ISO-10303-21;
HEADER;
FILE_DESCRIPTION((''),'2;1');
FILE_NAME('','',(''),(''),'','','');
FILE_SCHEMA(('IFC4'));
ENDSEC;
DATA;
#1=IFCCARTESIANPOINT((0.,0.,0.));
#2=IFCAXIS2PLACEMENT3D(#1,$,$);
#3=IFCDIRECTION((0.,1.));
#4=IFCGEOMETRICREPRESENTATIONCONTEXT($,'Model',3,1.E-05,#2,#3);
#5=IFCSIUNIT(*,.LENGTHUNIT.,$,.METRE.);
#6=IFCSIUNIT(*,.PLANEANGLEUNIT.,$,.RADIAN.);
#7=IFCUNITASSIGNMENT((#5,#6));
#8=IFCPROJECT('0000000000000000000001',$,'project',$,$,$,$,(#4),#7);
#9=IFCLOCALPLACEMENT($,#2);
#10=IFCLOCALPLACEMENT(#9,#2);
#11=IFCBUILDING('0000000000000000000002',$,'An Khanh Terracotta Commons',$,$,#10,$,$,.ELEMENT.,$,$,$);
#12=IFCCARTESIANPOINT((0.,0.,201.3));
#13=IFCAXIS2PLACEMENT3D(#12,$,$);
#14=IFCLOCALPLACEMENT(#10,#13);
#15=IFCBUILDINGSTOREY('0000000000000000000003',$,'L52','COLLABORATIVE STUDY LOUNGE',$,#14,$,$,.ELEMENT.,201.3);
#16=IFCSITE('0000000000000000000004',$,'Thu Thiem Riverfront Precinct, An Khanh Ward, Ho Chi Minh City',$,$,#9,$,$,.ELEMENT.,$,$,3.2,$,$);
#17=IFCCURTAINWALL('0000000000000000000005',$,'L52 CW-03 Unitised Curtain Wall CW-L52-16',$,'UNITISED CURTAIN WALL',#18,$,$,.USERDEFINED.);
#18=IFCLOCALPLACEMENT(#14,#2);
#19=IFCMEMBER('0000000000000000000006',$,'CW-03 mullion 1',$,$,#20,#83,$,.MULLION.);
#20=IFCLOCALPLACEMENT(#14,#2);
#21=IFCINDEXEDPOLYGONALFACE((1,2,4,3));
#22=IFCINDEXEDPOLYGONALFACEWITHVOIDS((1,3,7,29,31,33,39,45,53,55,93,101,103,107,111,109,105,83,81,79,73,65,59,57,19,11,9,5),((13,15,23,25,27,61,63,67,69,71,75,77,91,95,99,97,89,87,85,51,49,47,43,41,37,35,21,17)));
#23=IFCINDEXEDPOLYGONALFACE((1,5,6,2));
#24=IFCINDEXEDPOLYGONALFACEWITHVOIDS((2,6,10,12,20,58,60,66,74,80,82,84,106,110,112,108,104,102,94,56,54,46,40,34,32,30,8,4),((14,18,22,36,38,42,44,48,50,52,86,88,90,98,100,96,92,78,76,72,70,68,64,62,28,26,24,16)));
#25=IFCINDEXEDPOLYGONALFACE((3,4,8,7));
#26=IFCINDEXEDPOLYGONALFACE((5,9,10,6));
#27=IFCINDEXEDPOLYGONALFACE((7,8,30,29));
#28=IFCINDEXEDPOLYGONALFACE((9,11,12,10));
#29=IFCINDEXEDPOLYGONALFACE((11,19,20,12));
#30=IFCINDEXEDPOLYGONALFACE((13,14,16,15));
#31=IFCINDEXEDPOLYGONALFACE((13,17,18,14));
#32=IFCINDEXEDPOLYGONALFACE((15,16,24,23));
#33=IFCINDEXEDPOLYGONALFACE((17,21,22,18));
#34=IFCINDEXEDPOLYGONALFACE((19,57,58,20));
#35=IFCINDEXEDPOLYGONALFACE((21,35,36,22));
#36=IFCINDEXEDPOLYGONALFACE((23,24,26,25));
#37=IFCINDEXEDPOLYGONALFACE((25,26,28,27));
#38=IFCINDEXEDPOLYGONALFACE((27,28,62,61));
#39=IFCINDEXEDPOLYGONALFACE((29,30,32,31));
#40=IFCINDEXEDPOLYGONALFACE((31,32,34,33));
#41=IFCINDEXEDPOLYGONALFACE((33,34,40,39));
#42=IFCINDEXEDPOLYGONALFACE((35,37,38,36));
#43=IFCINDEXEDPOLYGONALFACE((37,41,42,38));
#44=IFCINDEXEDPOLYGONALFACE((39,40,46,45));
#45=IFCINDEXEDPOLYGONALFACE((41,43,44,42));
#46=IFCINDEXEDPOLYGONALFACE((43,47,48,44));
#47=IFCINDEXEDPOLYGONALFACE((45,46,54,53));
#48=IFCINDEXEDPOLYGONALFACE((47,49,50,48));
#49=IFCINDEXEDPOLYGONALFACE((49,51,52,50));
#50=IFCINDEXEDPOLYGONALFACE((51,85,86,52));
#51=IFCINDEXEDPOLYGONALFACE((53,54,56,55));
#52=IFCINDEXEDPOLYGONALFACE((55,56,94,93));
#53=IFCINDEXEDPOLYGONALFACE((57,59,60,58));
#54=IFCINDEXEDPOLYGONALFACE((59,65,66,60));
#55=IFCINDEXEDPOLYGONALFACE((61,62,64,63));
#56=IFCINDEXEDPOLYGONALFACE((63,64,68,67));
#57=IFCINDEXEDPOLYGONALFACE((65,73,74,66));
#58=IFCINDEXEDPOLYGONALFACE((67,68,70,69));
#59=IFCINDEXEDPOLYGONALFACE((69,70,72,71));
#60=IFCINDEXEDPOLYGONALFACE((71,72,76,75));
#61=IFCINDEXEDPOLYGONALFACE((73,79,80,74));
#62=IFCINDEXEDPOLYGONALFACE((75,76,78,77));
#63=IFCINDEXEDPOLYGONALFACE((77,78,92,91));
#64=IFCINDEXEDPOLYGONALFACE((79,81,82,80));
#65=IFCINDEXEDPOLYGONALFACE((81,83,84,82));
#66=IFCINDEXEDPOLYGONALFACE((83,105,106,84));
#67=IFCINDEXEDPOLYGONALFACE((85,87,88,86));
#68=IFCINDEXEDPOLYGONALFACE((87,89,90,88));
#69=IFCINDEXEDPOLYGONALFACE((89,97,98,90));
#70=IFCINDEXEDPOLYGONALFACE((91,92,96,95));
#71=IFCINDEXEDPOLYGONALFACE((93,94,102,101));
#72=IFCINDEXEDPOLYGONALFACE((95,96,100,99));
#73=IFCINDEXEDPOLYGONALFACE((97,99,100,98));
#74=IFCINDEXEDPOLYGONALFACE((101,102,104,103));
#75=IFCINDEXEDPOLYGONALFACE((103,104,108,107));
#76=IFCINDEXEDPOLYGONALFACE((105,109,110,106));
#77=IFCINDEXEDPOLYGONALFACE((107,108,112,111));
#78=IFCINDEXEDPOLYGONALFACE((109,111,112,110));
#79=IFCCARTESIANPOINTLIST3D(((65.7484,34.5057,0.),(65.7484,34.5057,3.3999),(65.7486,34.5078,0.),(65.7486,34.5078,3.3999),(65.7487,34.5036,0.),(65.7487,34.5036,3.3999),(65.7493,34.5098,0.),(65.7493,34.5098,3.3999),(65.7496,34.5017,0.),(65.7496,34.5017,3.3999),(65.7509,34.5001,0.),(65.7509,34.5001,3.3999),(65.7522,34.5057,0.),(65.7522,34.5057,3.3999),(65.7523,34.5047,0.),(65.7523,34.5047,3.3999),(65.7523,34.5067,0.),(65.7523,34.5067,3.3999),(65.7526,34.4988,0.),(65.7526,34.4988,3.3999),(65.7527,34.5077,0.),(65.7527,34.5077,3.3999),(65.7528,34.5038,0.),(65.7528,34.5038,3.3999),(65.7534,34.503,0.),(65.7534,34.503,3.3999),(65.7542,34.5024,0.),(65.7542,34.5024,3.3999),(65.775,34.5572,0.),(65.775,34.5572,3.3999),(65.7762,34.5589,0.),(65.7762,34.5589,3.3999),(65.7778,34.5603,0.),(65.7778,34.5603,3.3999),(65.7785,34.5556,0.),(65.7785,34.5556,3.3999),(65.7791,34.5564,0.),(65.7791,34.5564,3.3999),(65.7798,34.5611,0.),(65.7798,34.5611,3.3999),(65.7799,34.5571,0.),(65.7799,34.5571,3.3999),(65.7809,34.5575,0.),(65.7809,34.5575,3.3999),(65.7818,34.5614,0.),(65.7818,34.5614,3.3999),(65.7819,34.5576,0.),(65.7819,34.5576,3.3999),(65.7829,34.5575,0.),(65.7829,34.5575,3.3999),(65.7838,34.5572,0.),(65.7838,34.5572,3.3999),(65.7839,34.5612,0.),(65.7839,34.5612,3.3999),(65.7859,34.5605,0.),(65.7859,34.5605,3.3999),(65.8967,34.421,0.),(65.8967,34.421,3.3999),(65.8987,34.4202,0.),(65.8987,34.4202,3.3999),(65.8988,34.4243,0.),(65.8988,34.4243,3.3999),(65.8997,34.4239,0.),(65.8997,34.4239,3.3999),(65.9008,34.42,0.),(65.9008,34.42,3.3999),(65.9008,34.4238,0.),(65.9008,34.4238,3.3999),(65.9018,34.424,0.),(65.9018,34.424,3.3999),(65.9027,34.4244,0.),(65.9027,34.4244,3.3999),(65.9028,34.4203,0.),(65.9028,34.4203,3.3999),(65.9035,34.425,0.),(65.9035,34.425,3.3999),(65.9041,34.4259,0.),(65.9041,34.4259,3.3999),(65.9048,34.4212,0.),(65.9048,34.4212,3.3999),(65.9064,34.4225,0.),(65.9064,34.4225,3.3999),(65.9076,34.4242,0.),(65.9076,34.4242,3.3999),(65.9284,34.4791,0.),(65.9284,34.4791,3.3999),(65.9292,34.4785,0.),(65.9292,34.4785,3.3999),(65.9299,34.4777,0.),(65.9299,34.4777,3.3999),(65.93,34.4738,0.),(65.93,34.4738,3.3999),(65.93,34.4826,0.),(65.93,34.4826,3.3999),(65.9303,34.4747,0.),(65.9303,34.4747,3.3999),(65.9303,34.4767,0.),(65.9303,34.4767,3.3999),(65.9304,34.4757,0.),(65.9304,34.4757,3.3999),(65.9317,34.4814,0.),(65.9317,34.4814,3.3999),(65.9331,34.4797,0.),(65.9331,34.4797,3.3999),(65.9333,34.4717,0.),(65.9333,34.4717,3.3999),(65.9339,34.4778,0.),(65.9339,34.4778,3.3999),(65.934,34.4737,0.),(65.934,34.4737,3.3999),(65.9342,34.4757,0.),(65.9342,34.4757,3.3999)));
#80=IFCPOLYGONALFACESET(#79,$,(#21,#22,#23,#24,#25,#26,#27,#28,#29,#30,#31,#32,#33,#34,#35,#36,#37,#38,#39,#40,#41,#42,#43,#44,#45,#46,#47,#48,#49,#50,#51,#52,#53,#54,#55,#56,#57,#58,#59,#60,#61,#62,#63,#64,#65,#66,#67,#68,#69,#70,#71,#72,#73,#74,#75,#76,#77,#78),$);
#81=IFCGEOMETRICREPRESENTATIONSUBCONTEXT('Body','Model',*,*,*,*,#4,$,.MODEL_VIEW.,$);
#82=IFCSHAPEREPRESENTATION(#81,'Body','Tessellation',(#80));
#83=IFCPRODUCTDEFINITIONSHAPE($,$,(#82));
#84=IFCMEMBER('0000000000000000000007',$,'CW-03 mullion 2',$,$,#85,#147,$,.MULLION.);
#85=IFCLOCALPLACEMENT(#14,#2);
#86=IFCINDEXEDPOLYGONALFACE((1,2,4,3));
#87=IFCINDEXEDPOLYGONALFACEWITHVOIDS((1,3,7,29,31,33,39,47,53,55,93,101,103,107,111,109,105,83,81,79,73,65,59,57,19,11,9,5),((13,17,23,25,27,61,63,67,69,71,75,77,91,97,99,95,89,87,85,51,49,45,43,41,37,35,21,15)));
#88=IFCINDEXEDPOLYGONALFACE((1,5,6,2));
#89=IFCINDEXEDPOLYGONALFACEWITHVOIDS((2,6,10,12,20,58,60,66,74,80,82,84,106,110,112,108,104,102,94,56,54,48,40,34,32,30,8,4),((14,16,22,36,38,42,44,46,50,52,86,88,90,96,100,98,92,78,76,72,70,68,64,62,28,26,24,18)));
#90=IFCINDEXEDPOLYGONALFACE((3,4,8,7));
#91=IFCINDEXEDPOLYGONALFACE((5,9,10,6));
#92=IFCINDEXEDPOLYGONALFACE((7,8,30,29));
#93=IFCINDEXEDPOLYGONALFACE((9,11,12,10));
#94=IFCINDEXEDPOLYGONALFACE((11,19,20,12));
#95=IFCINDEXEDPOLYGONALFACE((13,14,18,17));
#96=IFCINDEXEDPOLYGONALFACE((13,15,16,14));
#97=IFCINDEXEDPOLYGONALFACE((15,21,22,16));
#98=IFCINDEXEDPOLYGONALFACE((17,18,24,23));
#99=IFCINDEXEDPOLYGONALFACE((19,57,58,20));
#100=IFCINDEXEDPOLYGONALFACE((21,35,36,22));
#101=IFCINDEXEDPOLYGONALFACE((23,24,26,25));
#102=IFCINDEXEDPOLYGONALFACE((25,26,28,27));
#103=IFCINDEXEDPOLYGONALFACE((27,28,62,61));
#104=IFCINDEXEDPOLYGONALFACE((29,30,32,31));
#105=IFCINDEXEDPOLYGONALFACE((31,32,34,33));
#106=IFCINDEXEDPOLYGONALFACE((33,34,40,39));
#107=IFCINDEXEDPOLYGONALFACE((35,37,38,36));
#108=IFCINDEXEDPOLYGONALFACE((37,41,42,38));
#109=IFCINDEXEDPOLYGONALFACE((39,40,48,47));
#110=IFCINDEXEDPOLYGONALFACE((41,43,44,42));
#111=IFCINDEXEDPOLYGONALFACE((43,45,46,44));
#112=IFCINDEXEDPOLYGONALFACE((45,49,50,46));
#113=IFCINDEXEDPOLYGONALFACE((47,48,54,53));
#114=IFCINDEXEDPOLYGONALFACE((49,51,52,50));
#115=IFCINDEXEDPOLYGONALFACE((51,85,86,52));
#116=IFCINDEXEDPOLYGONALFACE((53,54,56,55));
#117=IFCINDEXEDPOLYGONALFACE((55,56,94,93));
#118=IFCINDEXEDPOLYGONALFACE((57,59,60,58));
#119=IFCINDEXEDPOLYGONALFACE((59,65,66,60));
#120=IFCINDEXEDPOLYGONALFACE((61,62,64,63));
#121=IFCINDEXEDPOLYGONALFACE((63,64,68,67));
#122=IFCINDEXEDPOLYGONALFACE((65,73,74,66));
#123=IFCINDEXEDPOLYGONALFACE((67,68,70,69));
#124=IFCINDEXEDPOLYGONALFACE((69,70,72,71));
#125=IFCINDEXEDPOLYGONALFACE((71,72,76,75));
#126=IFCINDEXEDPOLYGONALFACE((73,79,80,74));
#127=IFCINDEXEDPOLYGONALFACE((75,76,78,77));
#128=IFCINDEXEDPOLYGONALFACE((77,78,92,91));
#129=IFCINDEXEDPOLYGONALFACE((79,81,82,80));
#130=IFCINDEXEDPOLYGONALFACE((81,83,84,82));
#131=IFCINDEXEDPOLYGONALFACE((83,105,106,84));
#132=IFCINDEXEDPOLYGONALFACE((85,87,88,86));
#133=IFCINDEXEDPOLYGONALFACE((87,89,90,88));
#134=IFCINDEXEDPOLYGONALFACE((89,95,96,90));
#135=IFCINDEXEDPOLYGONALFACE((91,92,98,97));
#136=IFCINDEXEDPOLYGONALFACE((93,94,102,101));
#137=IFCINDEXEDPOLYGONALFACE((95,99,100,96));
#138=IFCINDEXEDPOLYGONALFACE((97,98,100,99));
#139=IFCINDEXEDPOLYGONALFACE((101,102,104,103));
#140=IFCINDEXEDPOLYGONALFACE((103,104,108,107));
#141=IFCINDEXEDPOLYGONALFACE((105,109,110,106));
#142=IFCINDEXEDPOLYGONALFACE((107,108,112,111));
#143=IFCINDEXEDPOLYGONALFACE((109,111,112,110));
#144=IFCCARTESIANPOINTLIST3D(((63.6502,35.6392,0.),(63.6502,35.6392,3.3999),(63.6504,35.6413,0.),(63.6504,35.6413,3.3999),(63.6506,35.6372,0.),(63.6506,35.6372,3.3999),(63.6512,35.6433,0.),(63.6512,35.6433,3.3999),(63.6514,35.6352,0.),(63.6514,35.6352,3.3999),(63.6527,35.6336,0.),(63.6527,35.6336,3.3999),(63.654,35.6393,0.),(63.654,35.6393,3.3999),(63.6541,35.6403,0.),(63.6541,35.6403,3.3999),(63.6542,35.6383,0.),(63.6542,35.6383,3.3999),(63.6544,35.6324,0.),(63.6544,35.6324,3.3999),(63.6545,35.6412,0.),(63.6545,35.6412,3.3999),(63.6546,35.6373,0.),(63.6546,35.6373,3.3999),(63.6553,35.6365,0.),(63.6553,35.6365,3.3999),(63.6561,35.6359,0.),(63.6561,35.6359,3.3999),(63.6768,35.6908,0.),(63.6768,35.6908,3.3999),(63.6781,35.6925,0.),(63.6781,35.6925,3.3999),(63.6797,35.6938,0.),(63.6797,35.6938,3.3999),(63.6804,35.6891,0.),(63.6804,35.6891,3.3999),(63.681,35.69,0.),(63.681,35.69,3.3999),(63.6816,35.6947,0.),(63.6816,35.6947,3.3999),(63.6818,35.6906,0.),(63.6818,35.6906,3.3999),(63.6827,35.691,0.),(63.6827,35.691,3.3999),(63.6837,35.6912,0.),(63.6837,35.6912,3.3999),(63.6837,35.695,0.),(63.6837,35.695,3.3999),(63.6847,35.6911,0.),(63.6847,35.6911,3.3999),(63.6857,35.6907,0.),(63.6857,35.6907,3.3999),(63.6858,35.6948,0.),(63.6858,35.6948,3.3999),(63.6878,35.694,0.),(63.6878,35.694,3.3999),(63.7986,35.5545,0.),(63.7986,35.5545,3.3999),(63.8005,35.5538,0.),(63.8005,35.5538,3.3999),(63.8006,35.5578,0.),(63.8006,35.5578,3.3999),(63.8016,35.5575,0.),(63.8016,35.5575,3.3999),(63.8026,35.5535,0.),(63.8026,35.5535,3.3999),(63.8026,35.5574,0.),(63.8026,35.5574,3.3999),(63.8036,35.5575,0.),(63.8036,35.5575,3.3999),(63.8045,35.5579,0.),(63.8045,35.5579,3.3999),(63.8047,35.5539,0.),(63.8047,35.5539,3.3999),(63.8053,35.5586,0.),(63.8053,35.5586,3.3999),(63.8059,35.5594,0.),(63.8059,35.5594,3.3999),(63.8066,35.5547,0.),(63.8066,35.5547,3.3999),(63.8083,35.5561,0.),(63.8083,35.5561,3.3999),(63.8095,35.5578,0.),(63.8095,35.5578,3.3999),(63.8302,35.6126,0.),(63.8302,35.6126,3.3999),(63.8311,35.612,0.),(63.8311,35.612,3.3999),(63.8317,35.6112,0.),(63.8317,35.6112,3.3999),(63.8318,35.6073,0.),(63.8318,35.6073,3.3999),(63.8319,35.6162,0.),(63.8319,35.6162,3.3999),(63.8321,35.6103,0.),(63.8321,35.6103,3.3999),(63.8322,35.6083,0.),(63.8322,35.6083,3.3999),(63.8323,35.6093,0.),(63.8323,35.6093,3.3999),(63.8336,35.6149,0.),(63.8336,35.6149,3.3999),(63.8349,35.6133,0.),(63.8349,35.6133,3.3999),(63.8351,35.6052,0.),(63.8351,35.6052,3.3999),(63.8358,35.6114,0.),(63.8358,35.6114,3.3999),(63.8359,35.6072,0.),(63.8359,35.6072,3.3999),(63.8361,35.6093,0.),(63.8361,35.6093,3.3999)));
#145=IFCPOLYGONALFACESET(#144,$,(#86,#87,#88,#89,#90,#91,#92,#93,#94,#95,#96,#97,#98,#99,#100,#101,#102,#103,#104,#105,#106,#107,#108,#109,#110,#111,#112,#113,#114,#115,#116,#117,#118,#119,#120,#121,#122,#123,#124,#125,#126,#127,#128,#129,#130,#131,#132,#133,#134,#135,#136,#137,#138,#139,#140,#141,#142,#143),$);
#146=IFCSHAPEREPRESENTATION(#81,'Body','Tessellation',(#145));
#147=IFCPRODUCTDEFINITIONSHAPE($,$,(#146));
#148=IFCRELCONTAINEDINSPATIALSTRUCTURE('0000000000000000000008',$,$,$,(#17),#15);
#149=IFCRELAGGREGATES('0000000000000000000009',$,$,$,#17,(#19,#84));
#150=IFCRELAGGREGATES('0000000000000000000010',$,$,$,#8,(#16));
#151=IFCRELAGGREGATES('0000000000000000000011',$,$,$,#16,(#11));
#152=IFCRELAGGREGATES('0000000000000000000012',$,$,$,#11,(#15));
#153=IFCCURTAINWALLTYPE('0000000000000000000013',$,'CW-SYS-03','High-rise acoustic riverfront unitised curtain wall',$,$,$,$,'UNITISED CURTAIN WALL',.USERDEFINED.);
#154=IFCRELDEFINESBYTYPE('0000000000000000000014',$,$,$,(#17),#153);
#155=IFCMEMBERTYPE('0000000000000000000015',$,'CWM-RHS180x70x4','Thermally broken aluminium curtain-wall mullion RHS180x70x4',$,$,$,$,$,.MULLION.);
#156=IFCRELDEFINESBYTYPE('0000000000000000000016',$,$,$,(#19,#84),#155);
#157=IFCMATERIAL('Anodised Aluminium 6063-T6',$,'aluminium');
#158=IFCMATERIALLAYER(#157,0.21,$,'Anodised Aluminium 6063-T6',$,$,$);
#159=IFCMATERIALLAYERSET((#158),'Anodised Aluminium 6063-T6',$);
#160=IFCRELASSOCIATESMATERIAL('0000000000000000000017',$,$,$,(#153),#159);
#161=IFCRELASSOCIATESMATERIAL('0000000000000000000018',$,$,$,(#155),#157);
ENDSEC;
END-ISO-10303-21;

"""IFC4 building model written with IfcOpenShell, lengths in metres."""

from ifc_helpers import new_model, si_unit, direction, frame, origin, origin_2d, place, context, subcontext, project, spatial, hollow_rectangle, extrude, material, layer, layer_set, material_profile, profile_set, type_object, element, aggregate, save


model = new_model("IFC4")

# Units and contexts
model_context = context("Model", 3, precision=1e-05, world=origin(), true_north=direction((0.0, 1.0)))
body_context = subcontext(model_context, "Body", "Model", "MODEL_VIEW")
ifc_project = project(units=[si_unit("LENGTHUNIT", "METRE"), si_unit("PLANEANGLEUNIT", "RADIAN")], contexts=[model_context])

# Site, building, storey
site_placement = place(None, origin())
site = spatial("IfcSite", under=ifc_project, at=site_placement, Name="Thu Thiem Riverfront Precinct, An Khanh Ward, Ho Chi Minh City", CompositionType="ELEMENT", RefElevation=3.2)
building_placement = place(site_placement, origin())
building = spatial("IfcBuilding", under=site, at=building_placement, Name="An Khanh Terracotta Commons", CompositionType="ELEMENT")
storey_placement = place(building_placement, frame((0.0, 0.0, 201.3)))
storey = spatial("IfcBuildingStorey", under=building, at=storey_placement, Name="L52", Description="COLLABORATIVE STUDY LOUNGE", CompositionType="ELEMENT", Elevation=201.3)

# Curtain wall, members
ifc_material_1 = material(Name="Anodised Aluminium 6063-T6", Category="aluminium")
ifc_layer_1 = layer(ifc_material_1, 0.21, Name="Anodised Aluminium 6063-T6")
ifc_layer_set_1 = layer_set([ifc_layer_1], Name="Anodised Aluminium 6063-T6")
curtain_wall_type = type_object("IfcCurtainWallType", Name="CW-SYS-03", Description="High-rise acoustic riverfront unitised curtain wall", ElementType="UNITISED CURTAIN WALL", PredefinedType="USERDEFINED", material=ifc_layer_set_1)
ifc_material_profile_1 = material_profile(ifc_material_1, hollow_rectangle(XDim=0.0701, YDim=0.1799, WallThickness=0.0039, InnerFilletRadius=0.0039, OuterFilletRadius=0.0081, at=origin_2d()), Name="RHS180x70x4")
ifc_profile_set_1 = profile_set([ifc_material_profile_1], Name="Anodised Aluminium 6063-T6")
member_type_1 = type_object("IfcMemberType", Name="CWM-RHS180x70x4", Description="Thermally broken aluminium curtain-wall mullion RHS180x70x4", PredefinedType="MULLION", material=ifc_profile_set_1)
curtain_wall_1_placement = place(storey_placement, origin())
curtain_wall_1 = element("IfcCurtainWall", 1, at=curtain_wall_1_placement, inside=storey, type_object=curtain_wall_type, Name="L52 CW-03 Unitised Curtain Wall CW-L52-16", ObjectType="UNITISED CURTAIN WALL", PredefinedType="USERDEFINED")
member_1_placement = place(storey_placement, frame((65.8413, 34.4907, 0.0), z_axis=(0.0, 0.0, 1.0), x_axis=(-0.475381, -0.87978, 0.0)))
member_1 = element("IfcMember", 2, at=member_1_placement, type_object=member_type_1, Name="CW-03 mullion 1", PredefinedType="MULLION", context=body_context, shape_type="SweptSolid", body=[
    extrude(hollow_rectangle(XDim=0.0701, YDim=0.1799, WallThickness=0.0039, InnerFilletRadius=0.0039, OuterFilletRadius=0.0081, at=origin_2d()), origin(), (0.0, 0.0, 1.0), 3.3999),
])
member_2_placement = place(storey_placement, frame((63.7432, 35.6243, 0.0), z_axis=(0.0, 0.0, 1.0), x_axis=(-0.475381, -0.87978, 0.0)))
member_2 = element("IfcMember", 3, at=member_2_placement, type_object=member_type_1, Name="CW-03 mullion 2", PredefinedType="MULLION", context=body_context, shape_type="SweptSolid", body=[
    extrude(hollow_rectangle(XDim=0.0701, YDim=0.1799, WallThickness=0.0039, InnerFilletRadius=0.0039, OuterFilletRadius=0.0081, at=origin_2d()), origin(), (0.0, 0.0, 1.0), 3.3999),
])

aggregate(curtain_wall_1, [member_1, member_2])

save(model, "model.ifc")
